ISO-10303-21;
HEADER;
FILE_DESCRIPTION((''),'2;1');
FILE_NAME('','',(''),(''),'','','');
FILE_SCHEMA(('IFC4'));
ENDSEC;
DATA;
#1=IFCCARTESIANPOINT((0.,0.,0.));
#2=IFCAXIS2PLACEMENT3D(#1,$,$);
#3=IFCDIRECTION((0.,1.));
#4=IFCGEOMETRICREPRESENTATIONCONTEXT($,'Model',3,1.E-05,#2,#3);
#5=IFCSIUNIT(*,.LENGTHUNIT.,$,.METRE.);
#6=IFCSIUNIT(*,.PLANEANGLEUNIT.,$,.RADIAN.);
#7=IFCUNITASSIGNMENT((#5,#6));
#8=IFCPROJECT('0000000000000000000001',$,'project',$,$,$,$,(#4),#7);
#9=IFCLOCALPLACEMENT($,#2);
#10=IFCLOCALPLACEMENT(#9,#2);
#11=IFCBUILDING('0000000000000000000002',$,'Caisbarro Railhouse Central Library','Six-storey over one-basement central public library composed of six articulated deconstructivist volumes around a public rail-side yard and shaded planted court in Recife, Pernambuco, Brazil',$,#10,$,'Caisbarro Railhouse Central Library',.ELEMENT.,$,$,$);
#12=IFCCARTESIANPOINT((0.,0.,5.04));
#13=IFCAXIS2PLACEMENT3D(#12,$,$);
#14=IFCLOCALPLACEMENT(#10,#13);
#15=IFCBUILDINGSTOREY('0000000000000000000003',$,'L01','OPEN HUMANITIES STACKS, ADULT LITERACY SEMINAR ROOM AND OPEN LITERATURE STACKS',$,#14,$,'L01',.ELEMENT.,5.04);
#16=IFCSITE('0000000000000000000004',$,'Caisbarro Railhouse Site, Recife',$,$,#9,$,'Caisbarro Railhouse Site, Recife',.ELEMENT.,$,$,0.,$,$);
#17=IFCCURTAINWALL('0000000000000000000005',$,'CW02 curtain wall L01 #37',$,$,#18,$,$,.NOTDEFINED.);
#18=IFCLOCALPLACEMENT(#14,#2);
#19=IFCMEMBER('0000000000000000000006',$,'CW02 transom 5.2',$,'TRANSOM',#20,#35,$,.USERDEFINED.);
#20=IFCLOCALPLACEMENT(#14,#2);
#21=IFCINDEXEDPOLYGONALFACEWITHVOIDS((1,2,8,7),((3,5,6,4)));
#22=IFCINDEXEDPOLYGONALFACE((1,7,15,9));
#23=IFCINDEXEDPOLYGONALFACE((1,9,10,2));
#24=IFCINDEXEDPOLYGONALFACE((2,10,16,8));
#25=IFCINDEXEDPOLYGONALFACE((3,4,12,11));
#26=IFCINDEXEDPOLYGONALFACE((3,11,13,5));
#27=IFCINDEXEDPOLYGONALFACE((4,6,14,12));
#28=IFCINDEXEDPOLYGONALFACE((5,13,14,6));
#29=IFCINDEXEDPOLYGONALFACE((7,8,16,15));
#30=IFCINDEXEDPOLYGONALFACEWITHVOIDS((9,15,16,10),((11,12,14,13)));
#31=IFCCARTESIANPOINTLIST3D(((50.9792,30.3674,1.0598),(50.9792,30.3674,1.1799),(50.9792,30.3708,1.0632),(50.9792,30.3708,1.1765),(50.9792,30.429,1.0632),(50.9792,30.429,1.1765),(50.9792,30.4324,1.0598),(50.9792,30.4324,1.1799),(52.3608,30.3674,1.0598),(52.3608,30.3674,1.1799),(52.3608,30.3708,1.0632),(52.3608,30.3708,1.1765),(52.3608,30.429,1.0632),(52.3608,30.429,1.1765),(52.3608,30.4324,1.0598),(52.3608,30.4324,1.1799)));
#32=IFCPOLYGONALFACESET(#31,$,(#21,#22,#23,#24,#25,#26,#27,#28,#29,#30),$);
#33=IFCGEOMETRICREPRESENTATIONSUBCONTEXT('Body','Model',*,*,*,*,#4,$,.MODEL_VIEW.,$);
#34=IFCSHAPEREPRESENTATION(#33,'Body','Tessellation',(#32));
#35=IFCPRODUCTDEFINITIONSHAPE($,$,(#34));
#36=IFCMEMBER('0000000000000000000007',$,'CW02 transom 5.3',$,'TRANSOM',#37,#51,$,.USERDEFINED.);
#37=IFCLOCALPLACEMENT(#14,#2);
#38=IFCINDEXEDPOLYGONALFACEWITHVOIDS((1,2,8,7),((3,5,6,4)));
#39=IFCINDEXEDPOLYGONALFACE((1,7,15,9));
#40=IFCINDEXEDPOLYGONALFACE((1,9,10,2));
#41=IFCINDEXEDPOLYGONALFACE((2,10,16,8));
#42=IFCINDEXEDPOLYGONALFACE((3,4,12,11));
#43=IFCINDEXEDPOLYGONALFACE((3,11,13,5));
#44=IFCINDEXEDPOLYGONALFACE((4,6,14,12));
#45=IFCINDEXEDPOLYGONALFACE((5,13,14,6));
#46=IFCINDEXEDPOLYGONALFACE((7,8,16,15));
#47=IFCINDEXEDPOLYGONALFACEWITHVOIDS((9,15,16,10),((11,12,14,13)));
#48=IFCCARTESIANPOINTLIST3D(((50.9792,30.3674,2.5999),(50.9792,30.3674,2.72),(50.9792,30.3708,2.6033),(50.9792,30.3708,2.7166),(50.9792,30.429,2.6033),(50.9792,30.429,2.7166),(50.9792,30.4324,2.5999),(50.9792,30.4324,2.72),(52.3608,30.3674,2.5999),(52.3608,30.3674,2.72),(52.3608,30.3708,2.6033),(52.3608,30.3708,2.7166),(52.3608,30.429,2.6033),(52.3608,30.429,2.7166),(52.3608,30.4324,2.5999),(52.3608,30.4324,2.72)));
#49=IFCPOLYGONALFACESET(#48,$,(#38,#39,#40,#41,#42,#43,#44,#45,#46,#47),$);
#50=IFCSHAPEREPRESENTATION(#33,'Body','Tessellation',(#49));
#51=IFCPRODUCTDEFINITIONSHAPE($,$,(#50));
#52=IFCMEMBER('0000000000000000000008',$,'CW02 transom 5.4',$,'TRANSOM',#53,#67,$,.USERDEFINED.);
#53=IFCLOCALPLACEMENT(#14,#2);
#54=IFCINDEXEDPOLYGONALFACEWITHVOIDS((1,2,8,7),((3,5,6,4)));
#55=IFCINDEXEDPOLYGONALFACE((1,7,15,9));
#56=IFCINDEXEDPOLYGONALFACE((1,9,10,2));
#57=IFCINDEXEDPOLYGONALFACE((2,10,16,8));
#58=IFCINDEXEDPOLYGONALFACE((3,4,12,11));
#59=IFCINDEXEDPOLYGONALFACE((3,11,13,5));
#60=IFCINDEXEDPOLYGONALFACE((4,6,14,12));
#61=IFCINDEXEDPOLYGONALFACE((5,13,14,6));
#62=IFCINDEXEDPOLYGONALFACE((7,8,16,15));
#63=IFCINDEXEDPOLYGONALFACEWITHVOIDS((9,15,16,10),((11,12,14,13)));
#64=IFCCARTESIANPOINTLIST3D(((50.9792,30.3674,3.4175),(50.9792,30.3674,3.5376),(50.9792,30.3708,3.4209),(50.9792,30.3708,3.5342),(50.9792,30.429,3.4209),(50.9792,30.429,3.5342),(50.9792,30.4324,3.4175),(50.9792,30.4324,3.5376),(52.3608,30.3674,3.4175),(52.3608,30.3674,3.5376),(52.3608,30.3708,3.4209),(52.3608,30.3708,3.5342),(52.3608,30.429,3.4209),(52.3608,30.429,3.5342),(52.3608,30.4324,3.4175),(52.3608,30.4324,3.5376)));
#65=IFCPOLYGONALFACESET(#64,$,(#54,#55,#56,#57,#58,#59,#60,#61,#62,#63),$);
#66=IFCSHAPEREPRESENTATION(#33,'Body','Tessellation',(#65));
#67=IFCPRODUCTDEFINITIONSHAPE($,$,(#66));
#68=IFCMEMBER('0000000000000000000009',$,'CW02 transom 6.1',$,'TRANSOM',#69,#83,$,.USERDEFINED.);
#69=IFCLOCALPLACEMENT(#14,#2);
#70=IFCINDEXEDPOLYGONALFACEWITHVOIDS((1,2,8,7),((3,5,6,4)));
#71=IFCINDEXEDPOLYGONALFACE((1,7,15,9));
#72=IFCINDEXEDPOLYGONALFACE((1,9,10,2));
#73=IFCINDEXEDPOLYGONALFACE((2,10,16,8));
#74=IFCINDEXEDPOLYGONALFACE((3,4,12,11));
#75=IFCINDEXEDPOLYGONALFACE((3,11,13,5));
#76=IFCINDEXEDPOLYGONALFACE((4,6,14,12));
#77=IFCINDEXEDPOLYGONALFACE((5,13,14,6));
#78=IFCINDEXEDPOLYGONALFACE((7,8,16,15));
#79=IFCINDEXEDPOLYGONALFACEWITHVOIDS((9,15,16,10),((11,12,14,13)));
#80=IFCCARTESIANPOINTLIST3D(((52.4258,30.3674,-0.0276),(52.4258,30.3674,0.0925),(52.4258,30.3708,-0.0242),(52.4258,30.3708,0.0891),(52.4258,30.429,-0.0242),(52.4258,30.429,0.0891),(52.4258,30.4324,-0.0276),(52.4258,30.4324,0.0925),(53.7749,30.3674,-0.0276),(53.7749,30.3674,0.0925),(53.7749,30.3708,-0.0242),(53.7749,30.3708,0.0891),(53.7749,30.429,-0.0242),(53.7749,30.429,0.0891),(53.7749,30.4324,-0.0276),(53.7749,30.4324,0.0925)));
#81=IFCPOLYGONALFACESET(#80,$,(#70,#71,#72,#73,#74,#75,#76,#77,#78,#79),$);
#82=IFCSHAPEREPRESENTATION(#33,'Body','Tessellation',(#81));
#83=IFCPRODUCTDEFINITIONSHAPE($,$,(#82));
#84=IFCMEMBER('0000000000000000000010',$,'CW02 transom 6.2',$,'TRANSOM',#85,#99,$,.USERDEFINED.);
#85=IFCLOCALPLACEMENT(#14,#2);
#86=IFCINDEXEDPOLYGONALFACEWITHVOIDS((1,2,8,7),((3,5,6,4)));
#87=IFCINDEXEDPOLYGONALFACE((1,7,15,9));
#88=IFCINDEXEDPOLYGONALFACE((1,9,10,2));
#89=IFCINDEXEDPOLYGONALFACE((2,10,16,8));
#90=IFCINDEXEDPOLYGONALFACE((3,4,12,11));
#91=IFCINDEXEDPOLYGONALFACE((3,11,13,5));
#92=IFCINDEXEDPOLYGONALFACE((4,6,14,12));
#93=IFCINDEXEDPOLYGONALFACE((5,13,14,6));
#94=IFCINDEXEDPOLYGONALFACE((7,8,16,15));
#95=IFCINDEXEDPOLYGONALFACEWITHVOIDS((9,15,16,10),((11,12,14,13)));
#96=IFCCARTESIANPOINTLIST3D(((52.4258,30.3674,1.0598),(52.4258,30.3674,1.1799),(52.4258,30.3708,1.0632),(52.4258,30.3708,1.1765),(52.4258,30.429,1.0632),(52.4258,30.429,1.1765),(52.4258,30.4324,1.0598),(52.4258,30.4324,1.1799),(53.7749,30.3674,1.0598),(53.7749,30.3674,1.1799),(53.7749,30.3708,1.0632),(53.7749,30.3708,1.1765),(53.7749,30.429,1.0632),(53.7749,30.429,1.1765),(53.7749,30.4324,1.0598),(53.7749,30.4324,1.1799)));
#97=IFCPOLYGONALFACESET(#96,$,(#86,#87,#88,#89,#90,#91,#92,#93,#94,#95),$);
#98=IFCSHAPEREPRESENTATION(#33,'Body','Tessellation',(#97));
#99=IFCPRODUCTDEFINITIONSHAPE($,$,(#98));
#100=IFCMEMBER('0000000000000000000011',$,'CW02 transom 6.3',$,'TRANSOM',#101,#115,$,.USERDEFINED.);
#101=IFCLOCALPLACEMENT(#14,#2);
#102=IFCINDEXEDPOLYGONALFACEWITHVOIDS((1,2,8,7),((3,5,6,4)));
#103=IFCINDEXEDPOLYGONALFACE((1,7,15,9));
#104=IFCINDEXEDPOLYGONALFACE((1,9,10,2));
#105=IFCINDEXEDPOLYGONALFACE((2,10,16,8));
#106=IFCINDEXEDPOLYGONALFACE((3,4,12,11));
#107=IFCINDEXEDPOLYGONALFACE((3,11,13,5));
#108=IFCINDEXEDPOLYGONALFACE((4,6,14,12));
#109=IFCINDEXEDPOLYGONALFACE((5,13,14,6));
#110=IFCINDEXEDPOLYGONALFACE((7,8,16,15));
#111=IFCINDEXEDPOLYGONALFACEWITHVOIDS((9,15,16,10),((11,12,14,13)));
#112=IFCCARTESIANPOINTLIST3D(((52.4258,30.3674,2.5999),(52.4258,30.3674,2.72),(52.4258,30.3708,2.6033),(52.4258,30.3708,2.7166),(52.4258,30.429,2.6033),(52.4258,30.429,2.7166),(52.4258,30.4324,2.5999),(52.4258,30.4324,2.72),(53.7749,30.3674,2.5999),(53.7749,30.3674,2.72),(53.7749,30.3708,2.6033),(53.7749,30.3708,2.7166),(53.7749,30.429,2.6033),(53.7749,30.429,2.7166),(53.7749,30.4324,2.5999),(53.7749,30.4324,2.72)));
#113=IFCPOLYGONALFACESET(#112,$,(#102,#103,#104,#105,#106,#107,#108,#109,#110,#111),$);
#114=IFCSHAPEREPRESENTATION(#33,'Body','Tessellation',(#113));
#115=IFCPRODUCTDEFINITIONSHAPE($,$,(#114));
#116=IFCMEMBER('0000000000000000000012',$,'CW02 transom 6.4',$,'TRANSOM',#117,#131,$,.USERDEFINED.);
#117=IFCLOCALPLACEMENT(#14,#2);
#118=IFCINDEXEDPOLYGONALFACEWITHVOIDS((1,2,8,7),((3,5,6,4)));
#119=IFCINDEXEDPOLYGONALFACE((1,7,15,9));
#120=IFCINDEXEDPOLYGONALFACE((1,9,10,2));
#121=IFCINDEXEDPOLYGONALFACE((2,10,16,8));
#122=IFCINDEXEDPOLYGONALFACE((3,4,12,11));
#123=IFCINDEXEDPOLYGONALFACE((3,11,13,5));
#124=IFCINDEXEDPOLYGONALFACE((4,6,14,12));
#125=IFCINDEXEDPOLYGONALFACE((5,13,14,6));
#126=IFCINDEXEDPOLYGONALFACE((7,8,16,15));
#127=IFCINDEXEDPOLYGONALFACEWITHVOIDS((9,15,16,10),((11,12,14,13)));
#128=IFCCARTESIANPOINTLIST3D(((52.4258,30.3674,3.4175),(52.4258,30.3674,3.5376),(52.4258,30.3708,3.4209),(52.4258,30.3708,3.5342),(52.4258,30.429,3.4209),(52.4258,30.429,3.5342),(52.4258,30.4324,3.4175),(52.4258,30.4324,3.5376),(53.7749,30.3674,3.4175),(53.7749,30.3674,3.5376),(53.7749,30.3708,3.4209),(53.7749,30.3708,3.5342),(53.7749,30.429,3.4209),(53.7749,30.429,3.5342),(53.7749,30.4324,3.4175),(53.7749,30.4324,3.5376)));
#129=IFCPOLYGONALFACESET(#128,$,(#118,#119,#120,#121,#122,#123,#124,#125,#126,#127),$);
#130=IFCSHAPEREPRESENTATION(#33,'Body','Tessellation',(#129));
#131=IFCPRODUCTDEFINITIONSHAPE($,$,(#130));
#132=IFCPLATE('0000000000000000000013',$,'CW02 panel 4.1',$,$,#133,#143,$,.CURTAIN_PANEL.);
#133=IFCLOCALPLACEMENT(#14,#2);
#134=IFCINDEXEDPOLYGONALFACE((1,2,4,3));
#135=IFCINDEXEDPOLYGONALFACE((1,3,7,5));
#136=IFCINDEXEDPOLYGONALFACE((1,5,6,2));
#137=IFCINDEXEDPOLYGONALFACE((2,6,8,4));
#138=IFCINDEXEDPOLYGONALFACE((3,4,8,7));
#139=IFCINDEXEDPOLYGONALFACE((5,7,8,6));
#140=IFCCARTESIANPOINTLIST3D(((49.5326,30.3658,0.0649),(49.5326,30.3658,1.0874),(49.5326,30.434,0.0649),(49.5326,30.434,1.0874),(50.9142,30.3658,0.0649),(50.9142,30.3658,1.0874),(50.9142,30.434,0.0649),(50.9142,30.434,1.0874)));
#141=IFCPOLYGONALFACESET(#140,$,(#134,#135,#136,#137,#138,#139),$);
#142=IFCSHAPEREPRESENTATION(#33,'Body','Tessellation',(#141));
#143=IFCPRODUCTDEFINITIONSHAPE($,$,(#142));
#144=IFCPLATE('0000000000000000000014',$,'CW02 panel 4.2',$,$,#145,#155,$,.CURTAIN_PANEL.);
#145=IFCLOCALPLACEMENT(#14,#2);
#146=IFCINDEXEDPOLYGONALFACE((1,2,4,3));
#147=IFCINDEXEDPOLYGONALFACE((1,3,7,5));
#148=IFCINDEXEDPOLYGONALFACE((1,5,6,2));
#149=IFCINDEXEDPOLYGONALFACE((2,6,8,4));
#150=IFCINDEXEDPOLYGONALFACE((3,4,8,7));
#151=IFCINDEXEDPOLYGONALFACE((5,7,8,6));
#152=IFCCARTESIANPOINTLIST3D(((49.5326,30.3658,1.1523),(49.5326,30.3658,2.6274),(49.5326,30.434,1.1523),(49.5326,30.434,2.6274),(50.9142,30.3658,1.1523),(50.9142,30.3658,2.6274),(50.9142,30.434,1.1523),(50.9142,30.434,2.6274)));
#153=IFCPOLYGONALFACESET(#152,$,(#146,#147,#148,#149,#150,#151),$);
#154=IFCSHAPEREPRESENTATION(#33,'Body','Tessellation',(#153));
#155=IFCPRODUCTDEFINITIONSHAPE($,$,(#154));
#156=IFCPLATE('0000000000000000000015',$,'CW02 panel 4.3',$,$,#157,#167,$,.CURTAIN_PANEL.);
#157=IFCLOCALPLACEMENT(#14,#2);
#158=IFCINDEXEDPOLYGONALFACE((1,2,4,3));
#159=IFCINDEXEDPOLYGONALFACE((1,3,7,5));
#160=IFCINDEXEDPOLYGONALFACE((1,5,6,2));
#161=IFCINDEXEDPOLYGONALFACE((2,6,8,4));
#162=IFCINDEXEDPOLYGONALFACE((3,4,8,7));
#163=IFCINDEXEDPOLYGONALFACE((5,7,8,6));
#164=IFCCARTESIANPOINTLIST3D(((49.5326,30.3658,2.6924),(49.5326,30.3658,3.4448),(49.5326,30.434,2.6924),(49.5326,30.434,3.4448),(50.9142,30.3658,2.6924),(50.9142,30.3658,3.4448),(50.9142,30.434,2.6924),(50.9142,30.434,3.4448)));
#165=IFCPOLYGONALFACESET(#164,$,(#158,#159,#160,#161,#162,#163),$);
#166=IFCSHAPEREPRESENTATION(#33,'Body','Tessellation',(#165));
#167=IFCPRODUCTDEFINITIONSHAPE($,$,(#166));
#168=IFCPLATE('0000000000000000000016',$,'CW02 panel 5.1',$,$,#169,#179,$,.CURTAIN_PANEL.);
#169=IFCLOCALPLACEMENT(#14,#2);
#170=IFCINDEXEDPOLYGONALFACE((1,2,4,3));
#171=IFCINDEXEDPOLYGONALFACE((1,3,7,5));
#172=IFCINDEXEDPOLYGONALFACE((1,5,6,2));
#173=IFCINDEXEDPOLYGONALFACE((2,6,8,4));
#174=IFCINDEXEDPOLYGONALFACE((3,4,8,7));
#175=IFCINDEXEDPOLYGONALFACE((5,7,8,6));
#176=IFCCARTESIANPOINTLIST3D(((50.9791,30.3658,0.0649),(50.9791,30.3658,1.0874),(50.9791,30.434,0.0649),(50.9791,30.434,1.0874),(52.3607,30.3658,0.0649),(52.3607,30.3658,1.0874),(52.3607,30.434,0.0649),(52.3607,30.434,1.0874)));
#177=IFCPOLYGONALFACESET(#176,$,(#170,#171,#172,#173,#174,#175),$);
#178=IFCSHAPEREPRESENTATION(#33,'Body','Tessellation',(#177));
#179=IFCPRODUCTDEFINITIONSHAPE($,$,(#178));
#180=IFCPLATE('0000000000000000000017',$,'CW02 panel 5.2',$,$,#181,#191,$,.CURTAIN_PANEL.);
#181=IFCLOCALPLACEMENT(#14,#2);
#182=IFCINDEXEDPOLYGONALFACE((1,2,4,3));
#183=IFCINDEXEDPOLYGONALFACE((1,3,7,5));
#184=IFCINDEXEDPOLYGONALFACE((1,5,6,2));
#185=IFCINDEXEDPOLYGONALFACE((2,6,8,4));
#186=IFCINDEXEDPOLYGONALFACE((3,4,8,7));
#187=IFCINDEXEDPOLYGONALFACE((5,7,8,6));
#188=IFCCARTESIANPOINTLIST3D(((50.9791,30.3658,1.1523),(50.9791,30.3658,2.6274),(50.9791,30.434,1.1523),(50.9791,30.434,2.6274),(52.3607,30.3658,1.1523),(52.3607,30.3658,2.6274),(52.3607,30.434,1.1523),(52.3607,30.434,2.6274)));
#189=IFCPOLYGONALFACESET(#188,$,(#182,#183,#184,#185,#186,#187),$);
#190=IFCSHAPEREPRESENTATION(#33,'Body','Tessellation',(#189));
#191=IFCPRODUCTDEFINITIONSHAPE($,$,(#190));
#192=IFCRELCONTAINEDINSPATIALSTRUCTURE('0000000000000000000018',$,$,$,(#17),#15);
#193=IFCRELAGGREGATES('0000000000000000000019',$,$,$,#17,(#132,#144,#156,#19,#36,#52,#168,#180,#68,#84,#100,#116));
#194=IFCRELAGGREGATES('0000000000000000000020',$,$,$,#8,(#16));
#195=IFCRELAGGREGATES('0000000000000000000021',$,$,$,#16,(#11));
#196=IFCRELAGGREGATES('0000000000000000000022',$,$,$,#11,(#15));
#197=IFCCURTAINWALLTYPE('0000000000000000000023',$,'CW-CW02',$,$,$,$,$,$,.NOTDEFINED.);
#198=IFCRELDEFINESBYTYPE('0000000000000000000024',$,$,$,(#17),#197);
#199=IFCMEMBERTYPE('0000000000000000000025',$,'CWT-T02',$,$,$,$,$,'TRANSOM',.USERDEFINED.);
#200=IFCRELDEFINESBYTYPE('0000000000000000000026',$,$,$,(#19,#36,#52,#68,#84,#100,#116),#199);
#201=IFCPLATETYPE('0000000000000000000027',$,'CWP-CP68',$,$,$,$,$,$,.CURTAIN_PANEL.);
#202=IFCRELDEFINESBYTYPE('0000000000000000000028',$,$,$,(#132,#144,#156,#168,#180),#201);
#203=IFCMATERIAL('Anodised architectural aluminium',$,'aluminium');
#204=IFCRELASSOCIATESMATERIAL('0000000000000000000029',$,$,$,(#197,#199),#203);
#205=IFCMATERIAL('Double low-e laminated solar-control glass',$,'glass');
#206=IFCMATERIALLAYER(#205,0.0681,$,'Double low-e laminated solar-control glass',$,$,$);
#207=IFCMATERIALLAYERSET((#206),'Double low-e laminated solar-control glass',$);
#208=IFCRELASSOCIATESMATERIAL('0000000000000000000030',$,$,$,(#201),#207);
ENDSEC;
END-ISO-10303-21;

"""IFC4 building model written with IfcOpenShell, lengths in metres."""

from ifc_helpers import new_model, si_unit, direction, frame, origin, origin_2d, place, context, subcontext, project, spatial, rectangle, hollow_rectangle, extrude, material, layer, layer_set, material_profile, profile_set, type_object, element, aggregate, save


model = new_model("IFC4")

# Units and contexts
model_context = context("Model", 3, precision=1e-05, world=origin(), true_north=direction((0.0, 1.0)))
body_context = subcontext(model_context, "Body", "Model", "MODEL_VIEW")
ifc_project = project(units=[si_unit("LENGTHUNIT", "METRE"), si_unit("PLANEANGLEUNIT", "RADIAN")], contexts=[model_context])

# Site, building, storey
site_placement = place(None, origin())
site = spatial("IfcSite", under=ifc_project, at=site_placement, Name="Caisbarro Railhouse Site, Recife", LongName="Caisbarro Railhouse Site, Recife", CompositionType="ELEMENT", RefElevation=0.0)
building_placement = place(site_placement, origin())
building = spatial("IfcBuilding", under=site, at=building_placement, Name="Caisbarro Railhouse Central Library", Description="Six-storey over one-basement central public library composed of six articulated deconstructivist volumes around a public rail-side yard and shaded planted court in Recife, Pernambuco, Brazil", LongName="Caisbarro Railhouse Central Library", CompositionType="ELEMENT")
storey_placement = place(building_placement, frame((0.0, 0.0, 5.04)))
storey = spatial("IfcBuildingStorey", under=building, at=storey_placement, Name="L01", Description="OPEN HUMANITIES STACKS, ADULT LITERACY SEMINAR ROOM AND OPEN LITERATURE STACKS", LongName="L01", CompositionType="ELEMENT", Elevation=5.04)

# Curtain wall, members, plates
ifc_material_1 = material(Name="Anodised architectural aluminium", Category="aluminium")
curtain_wall_type = type_object("IfcCurtainWallType", Name="CW-CW02", PredefinedType="NOTDEFINED", material=ifc_material_1)
curtain_wall_placement = place(storey_placement, origin())
curtain_wall = element("IfcCurtainWall", 1, at=curtain_wall_placement, inside=storey, type_object=curtain_wall_type, Name="CW02 curtain wall L01 #37", PredefinedType="NOTDEFINED")
ifc_material_profile_1 = material_profile(ifc_material_1, hollow_rectangle(XDim=0.0649, YDim=0.1201, WallThickness=0.0034, at=origin_2d()), Name="ALU-TRN-65X120")
ifc_profile_set_1 = profile_set([ifc_material_profile_1], Name="Anodised architectural aluminium")
member_type_1 = type_object("IfcMemberType", Name="CWT-T02", ElementType="TRANSOM", PredefinedType="USERDEFINED", material=ifc_profile_set_1)
member_1_placement = place(storey_placement, frame((50.9792, 30.3999, 1.1199), z_axis=(1.0, 0.0, 0.0), x_axis=(0.0, 1.0, 0.0)))
member_1 = element("IfcMember", 2, at=member_1_placement, type_object=member_type_1, Name="CW02 transom 5.2", ObjectType="TRANSOM", PredefinedType="USERDEFINED", context=body_context, shape_type="SweptSolid", body=[
    extrude(hollow_rectangle(XDim=0.0649, YDim=0.1201, WallThickness=0.0034, at=origin_2d()), origin(), (0.0, 0.0, 1.0), 1.3816),
])
member_2_placement = place(storey_placement, frame((50.9792, 30.3999, 2.6599), z_axis=(1.0, 0.0, 0.0), x_axis=(0.0, 1.0, 0.0)))
member_2 = element("IfcMember", 3, at=member_2_placement, type_object=member_type_1, Name="CW02 transom 5.3", ObjectType="TRANSOM", PredefinedType="USERDEFINED", context=body_context, shape_type="SweptSolid", body=[
    extrude(hollow_rectangle(XDim=0.0649, YDim=0.1201, WallThickness=0.0034, at=origin_2d()), origin(), (0.0, 0.0, 1.0), 1.3816),
])
member_3_placement = place(storey_placement, frame((50.9792, 30.3999, 3.4775), z_axis=(1.0, 0.0, 0.0), x_axis=(0.0, 1.0, 0.0)))
member_3 = element("IfcMember", 4, at=member_3_placement, type_object=member_type_1, Name="CW02 transom 5.4", ObjectType="TRANSOM", PredefinedType="USERDEFINED", context=body_context, shape_type="SweptSolid", body=[
    extrude(hollow_rectangle(XDim=0.0649, YDim=0.1201, WallThickness=0.0034, at=origin_2d()), origin(), (0.0, 0.0, 1.0), 1.3816),
])
member_4_placement = place(storey_placement, frame((52.4258, 30.3999, 0.0325), z_axis=(1.0, 0.0, 0.0), x_axis=(0.0, 1.0, 0.0)))
member_4 = element("IfcMember", 5, at=member_4_placement, type_object=member_type_1, Name="CW02 transom 6.1", ObjectType="TRANSOM", PredefinedType="USERDEFINED", context=body_context, shape_type="SweptSolid", body=[
    extrude(hollow_rectangle(XDim=0.0649, YDim=0.1201, WallThickness=0.0034, at=origin_2d()), origin(), (0.0, 0.0, 1.0), 1.3491),
])
member_5_placement = place(storey_placement, frame((52.4258, 30.3999, 1.1199), z_axis=(1.0, 0.0, 0.0), x_axis=(0.0, 1.0, 0.0)))
member_5 = element("IfcMember", 6, at=member_5_placement, type_object=member_type_1, Name="CW02 transom 6.2", ObjectType="TRANSOM", PredefinedType="USERDEFINED", context=body_context, shape_type="SweptSolid", body=[
    extrude(hollow_rectangle(XDim=0.0649, YDim=0.1201, WallThickness=0.0034, at=origin_2d()), origin(), (0.0, 0.0, 1.0), 1.3491),
])
member_6_placement = place(storey_placement, frame((52.4258, 30.3999, 2.6599), z_axis=(1.0, 0.0, 0.0), x_axis=(0.0, 1.0, 0.0)))
member_6 = element("IfcMember", 7, at=member_6_placement, type_object=member_type_1, Name="CW02 transom 6.3", ObjectType="TRANSOM", PredefinedType="USERDEFINED", context=body_context, shape_type="SweptSolid", body=[
    extrude(hollow_rectangle(XDim=0.0649, YDim=0.1201, WallThickness=0.0034, at=origin_2d()), origin(), (0.0, 0.0, 1.0), 1.3491),
])
member_7_placement = place(storey_placement, frame((52.4258, 30.3999, 3.4775), z_axis=(1.0, 0.0, 0.0), x_axis=(0.0, 1.0, 0.0)))
member_7 = element("IfcMember", 8, at=member_7_placement, type_object=member_type_1, Name="CW02 transom 6.4", ObjectType="TRANSOM", PredefinedType="USERDEFINED", context=body_context, shape_type="SweptSolid", body=[
    extrude(hollow_rectangle(XDim=0.0649, YDim=0.1201, WallThickness=0.0034, at=origin_2d()), origin(), (0.0, 0.0, 1.0), 1.3491),
])
ifc_material_2 = material(Name="Double low-e laminated solar-control glass", Category="glass")
ifc_layer_1 = layer(ifc_material_2, 0.0681, Name="Double low-e laminated solar-control glass")
ifc_layer_set_1 = layer_set([ifc_layer_1], Name="Double low-e laminated solar-control glass")
plate_type = type_object("IfcPlateType", Name="CWP-CP68", PredefinedType="CURTAIN_PANEL", material=ifc_layer_set_1)
plate_1_placement = place(storey_placement, frame((50.2234, 30.3999, 0.0649), z_axis=(0.0, 0.0, 1.0), x_axis=(1.0, 0.0, 0.0)))
plate_1 = element("IfcPlate", 9, at=plate_1_placement, type_object=plate_type, Name="CW02 panel 4.1", PredefinedType="CURTAIN_PANEL", context=body_context, shape_type="SweptSolid", body=[
    extrude(rectangle(XDim=1.3816, YDim=0.0681, at=origin_2d()), origin(), (0.0, 0.0, 1.0), 1.0225),
])
plate_2_placement = place(storey_placement, frame((50.2234, 30.3999, 1.1523), z_axis=(0.0, 0.0, 1.0), x_axis=(1.0, 0.0, 0.0)))
plate_2 = element("IfcPlate", 10, at=plate_2_placement, type_object=plate_type, Name="CW02 panel 4.2", PredefinedType="CURTAIN_PANEL", context=body_context, shape_type="SweptSolid", body=[
    extrude(rectangle(XDim=1.3816, YDim=0.0681, at=origin_2d()), origin(), (0.0, 0.0, 1.0), 1.4751),
])
plate_3_placement = place(storey_placement, frame((50.2234, 30.3999, 2.6924), z_axis=(0.0, 0.0, 1.0), x_axis=(1.0, 0.0, 0.0)))
plate_3 = element("IfcPlate", 11, at=plate_3_placement, type_object=plate_type, Name="CW02 panel 4.3", PredefinedType="CURTAIN_PANEL", context=body_context, shape_type="SweptSolid", body=[
    extrude(rectangle(XDim=1.3816, YDim=0.0681, at=origin_2d()), origin(), (0.0, 0.0, 1.0), 0.7524),
])
plate_4_placement = place(storey_placement, frame((51.6699, 30.3999, 0.0649), z_axis=(0.0, 0.0, 1.0), x_axis=(1.0, 0.0, 0.0)))
plate_4 = element("IfcPlate", 12, at=plate_4_placement, type_object=plate_type, Name="CW02 panel 5.1", PredefinedType="CURTAIN_PANEL", context=body_context, shape_type="SweptSolid", body=[
    extrude(rectangle(XDim=1.3816, YDim=0.0681, at=origin_2d()), origin(), (0.0, 0.0, 1.0), 1.0225),
])
plate_5_placement = place(storey_placement, frame((51.6699, 30.3999, 1.1523), z_axis=(0.0, 0.0, 1.0), x_axis=(1.0, 0.0, 0.0)))
plate_5 = element("IfcPlate", 13, at=plate_5_placement, type_object=plate_type, Name="CW02 panel 5.2", PredefinedType="CURTAIN_PANEL", context=body_context, shape_type="SweptSolid", body=[
    extrude(rectangle(XDim=1.3816, YDim=0.0681, at=origin_2d()), origin(), (0.0, 0.0, 1.0), 1.4751),
])
aggregate(curtain_wall, [plate_1, plate_2, plate_3, member_1, member_2, member_3, plate_4, plate_5, member_4, member_5, member_6, member_7])

save(model, "model.ifc")
